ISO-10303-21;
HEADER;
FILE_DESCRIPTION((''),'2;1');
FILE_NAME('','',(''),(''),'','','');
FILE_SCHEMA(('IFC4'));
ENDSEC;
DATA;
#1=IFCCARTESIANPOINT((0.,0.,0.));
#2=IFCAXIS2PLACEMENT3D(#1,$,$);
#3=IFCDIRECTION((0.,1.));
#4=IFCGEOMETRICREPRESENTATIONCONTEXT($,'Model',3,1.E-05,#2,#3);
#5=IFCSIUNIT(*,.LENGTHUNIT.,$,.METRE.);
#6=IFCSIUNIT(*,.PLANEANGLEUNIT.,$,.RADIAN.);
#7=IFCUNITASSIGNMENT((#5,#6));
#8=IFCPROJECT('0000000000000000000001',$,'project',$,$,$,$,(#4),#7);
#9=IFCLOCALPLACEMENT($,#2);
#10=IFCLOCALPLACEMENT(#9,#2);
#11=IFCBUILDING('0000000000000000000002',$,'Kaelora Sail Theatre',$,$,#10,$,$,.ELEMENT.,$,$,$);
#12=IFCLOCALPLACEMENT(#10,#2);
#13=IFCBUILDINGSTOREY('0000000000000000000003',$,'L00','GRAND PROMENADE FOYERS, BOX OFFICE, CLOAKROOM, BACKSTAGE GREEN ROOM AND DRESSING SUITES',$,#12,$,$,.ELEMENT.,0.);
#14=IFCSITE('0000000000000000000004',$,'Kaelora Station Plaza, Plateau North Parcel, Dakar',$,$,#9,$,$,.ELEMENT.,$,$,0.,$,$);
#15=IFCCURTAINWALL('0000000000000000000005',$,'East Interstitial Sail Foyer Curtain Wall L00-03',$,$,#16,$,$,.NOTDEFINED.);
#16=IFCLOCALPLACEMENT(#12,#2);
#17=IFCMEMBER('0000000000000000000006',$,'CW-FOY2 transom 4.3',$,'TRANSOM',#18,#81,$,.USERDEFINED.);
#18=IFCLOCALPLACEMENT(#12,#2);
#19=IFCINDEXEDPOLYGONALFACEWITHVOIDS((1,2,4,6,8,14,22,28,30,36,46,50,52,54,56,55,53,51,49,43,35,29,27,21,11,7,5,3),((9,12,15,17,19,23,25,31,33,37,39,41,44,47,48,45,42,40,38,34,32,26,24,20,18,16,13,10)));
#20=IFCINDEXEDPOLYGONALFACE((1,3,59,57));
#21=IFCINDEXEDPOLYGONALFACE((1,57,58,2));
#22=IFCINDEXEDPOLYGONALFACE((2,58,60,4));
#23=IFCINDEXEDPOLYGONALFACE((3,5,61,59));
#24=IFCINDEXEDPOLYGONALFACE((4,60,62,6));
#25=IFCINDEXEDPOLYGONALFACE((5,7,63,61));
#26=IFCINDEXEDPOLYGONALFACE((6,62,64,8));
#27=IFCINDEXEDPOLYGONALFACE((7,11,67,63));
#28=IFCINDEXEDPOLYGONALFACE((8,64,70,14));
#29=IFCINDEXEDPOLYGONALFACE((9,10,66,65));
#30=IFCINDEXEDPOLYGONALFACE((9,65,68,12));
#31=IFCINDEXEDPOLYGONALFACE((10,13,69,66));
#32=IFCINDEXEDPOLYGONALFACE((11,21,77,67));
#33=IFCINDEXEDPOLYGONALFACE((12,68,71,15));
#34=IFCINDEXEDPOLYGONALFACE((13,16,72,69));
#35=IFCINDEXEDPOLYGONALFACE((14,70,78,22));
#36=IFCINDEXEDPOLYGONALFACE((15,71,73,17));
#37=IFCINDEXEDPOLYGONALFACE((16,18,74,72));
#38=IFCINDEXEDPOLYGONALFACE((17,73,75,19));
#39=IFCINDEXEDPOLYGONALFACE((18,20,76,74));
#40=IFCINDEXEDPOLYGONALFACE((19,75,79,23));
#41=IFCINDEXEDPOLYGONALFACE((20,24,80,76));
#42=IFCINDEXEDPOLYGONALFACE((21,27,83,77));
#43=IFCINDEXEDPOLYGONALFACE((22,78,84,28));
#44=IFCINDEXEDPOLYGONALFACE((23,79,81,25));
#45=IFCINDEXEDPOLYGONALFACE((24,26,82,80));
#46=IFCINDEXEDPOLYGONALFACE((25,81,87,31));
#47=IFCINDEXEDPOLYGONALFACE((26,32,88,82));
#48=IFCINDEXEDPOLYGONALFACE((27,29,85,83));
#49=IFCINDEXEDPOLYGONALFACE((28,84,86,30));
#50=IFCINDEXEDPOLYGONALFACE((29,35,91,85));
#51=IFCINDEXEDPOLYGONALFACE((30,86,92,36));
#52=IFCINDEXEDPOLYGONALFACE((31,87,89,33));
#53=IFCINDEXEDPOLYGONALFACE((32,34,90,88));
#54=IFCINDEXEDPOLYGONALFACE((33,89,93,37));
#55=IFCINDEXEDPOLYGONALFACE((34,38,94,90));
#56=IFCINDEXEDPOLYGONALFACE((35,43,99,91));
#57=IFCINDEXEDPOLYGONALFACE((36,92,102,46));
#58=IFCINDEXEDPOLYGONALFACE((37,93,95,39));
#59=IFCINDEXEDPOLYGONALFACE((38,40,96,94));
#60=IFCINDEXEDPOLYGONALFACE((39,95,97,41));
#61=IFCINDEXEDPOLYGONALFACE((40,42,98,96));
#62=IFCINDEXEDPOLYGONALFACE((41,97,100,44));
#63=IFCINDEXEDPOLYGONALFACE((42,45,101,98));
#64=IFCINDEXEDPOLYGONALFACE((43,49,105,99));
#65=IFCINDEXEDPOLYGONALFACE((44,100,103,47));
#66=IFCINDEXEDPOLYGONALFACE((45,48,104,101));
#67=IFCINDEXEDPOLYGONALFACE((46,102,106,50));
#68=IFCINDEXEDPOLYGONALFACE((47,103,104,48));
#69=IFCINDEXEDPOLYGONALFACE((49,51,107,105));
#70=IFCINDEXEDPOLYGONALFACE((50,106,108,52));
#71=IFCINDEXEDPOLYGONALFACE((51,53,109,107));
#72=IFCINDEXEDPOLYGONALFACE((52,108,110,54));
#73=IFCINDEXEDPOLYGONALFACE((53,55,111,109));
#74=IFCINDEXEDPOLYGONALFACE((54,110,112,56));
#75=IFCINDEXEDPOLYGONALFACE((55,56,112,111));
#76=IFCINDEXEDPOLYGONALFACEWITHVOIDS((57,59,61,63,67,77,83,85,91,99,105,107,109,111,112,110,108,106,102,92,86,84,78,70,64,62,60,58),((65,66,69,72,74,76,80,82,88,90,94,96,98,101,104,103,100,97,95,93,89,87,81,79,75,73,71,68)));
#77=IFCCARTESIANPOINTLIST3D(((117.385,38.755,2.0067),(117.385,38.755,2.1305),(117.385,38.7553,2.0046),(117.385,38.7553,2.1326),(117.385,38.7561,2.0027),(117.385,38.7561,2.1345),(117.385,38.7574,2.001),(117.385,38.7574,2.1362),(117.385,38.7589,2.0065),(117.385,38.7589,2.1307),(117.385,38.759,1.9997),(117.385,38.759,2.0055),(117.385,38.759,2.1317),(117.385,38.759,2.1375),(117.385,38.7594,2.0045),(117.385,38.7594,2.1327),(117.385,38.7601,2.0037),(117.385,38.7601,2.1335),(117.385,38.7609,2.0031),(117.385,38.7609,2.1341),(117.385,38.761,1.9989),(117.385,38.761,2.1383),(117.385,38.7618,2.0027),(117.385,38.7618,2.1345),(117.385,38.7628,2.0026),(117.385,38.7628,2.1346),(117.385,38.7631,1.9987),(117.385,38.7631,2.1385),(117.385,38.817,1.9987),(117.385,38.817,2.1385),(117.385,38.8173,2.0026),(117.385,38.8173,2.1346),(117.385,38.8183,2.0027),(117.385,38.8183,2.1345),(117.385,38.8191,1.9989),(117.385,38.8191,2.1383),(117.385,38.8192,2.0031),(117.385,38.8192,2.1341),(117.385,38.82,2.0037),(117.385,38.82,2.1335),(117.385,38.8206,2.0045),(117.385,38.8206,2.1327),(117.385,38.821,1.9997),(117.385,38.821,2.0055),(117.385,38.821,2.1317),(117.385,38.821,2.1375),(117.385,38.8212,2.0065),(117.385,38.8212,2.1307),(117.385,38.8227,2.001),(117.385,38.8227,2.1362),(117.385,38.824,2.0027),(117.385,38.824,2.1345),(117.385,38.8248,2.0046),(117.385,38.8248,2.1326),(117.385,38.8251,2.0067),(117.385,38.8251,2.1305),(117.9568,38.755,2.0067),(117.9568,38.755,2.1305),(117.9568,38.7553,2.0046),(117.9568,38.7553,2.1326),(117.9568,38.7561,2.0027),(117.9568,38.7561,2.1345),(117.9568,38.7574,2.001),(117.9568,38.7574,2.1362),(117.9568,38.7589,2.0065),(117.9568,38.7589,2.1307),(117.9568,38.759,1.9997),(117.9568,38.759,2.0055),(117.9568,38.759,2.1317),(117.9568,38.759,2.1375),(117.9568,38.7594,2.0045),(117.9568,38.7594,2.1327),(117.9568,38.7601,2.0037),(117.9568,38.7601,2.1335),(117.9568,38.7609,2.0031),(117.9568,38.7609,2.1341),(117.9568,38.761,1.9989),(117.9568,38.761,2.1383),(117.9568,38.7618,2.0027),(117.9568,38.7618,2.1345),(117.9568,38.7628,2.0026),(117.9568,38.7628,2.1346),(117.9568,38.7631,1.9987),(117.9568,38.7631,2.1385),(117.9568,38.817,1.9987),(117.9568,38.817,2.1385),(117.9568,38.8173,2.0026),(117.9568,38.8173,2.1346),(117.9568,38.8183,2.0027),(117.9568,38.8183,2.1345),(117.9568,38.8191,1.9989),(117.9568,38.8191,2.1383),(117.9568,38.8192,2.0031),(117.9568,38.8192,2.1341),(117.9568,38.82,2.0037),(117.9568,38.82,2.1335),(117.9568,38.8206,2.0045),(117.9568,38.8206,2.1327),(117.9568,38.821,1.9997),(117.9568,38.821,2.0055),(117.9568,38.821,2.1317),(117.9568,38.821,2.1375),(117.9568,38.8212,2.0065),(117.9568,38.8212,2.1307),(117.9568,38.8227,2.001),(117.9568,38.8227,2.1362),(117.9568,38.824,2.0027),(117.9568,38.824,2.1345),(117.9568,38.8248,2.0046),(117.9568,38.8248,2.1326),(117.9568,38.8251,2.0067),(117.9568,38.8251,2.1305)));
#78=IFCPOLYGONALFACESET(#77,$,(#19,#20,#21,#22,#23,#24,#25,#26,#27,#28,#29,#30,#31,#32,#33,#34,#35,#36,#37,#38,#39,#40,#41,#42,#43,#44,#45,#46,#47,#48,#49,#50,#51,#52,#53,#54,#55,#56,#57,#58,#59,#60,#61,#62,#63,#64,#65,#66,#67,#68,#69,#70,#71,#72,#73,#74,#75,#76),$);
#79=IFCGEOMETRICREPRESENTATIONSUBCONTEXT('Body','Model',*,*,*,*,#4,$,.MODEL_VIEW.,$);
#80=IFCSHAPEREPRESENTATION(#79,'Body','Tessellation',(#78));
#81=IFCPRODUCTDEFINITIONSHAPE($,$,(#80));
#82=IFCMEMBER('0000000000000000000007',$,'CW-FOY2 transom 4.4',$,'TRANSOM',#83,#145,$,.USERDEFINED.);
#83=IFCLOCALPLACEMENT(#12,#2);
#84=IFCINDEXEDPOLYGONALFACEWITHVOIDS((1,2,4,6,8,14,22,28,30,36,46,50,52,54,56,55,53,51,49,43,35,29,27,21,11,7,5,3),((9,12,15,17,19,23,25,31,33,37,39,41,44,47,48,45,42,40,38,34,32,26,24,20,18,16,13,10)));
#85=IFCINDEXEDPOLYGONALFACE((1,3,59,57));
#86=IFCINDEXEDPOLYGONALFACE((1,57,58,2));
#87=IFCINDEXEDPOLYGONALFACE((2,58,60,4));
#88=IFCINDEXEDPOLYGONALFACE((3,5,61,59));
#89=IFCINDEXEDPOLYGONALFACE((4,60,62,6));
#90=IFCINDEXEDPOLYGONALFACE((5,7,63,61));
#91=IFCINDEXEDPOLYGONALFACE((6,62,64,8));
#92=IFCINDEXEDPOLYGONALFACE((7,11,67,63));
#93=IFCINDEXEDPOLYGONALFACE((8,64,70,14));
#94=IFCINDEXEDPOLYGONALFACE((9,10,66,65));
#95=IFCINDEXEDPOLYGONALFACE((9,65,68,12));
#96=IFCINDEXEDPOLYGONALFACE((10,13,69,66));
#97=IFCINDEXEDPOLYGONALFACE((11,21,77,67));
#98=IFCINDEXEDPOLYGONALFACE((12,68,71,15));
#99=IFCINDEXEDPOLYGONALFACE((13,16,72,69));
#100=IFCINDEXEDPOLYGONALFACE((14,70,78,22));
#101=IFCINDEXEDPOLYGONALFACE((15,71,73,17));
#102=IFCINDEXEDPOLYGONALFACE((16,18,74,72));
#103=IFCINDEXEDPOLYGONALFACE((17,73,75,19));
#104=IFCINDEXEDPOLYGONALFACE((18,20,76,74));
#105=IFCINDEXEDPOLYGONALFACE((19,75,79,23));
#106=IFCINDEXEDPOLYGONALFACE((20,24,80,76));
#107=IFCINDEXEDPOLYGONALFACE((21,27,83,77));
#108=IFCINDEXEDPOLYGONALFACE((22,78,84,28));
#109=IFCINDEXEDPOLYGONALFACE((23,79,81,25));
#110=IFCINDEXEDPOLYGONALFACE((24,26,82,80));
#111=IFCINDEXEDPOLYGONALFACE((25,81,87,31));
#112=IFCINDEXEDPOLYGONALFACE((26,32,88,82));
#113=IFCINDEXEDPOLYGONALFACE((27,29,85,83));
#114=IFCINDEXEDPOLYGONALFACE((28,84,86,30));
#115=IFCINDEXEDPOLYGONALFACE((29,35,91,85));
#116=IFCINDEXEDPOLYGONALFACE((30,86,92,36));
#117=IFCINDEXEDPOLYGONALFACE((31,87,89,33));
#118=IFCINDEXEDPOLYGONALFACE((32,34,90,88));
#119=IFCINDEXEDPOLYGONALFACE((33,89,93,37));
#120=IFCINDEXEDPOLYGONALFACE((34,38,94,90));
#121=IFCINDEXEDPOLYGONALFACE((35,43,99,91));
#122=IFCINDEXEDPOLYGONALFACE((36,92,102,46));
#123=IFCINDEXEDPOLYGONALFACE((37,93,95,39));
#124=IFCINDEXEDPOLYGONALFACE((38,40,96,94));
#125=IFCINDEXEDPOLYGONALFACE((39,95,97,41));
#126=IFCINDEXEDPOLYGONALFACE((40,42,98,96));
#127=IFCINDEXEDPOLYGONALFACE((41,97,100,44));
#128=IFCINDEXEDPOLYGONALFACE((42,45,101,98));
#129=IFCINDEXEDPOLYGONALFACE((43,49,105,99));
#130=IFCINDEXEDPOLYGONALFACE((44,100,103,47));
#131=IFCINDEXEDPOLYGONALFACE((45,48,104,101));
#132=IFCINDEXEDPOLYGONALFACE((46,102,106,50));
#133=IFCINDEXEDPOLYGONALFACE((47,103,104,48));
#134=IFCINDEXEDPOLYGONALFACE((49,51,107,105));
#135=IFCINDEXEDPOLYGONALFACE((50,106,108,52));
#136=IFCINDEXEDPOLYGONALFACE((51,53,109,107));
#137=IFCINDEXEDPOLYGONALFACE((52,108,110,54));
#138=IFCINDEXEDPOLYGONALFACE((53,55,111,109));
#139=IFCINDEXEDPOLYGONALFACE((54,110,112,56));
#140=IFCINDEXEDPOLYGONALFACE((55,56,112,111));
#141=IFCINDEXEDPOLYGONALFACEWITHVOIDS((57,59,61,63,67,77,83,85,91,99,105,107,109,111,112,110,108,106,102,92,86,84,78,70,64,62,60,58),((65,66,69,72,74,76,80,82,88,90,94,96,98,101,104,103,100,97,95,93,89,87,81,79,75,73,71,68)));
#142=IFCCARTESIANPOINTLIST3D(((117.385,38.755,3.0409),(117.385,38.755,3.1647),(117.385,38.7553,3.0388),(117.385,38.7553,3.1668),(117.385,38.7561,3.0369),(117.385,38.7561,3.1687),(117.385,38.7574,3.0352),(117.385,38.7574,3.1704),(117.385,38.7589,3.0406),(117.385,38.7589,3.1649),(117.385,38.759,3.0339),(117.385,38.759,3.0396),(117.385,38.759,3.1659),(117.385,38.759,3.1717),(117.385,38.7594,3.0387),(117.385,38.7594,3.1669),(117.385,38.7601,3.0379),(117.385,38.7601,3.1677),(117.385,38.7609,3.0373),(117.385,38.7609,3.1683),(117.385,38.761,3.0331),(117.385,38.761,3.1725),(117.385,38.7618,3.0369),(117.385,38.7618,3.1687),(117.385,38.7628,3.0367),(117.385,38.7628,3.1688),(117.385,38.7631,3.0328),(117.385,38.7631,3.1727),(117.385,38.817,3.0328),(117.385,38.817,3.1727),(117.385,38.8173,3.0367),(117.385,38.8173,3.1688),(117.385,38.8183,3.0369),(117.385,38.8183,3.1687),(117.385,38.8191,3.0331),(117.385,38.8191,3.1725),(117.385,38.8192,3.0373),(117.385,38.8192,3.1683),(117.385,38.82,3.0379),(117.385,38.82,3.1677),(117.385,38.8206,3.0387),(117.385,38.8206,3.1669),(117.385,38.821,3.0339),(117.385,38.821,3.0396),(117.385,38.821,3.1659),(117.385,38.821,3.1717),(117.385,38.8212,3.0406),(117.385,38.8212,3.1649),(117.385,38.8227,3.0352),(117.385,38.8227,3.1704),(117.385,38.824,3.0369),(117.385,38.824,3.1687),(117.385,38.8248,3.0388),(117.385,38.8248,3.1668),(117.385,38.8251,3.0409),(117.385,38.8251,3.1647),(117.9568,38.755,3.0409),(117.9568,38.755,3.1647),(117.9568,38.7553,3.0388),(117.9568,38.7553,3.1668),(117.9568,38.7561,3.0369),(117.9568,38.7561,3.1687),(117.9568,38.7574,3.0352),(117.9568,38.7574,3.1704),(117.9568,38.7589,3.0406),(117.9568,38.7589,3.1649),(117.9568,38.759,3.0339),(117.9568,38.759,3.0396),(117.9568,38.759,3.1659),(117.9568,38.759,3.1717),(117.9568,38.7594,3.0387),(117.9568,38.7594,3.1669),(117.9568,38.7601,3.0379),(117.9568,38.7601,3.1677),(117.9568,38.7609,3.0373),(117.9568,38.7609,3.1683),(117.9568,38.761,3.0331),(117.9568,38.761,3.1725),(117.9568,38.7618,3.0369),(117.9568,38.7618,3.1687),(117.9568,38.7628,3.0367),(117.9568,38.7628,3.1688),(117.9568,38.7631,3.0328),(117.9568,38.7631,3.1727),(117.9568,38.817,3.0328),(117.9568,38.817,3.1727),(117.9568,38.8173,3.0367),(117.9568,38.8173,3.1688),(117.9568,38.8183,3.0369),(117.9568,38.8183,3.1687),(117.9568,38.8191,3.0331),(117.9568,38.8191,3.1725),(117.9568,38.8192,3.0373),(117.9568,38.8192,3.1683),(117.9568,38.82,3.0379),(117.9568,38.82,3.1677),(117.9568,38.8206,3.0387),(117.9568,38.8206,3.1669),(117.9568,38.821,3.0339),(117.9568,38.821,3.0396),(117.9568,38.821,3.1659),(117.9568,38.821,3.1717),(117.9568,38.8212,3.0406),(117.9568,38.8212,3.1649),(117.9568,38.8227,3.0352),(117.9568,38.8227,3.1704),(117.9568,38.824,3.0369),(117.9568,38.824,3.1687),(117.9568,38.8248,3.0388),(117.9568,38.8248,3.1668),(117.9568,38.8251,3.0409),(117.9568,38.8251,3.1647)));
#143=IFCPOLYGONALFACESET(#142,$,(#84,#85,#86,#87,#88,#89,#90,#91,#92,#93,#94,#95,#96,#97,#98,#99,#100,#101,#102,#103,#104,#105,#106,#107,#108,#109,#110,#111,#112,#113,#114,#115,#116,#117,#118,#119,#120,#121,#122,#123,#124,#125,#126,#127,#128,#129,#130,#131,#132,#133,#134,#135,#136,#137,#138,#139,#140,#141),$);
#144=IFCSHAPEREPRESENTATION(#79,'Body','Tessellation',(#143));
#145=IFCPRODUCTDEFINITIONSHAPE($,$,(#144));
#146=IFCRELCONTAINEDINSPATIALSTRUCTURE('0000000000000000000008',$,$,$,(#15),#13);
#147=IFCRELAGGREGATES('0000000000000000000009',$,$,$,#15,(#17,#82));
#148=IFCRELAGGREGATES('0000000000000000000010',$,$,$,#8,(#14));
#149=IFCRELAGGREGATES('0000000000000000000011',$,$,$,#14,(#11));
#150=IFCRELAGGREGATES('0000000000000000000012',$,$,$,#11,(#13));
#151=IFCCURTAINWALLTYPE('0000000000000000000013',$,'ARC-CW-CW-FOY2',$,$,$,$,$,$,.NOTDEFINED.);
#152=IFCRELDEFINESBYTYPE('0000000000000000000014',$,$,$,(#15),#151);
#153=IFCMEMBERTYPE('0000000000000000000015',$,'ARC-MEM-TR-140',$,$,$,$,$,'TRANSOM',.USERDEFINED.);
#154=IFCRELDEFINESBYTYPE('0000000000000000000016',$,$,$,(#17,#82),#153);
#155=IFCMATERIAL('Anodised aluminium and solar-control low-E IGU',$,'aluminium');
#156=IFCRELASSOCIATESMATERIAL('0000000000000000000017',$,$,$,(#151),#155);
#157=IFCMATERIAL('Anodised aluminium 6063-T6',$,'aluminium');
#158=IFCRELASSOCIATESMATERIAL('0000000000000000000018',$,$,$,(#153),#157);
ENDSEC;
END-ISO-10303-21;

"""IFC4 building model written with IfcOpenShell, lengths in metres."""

from ifc_helpers import new_model, si_unit, direction, frame, origin, origin_2d, place, context, subcontext, project, spatial, hollow_rectangle, extrude, material, material_profile, profile_set, type_object, element, aggregate, save


model = new_model("IFC4")

# Units and contexts
model_context = context("Model", 3, precision=1e-05, world=origin(), true_north=direction((0.0, 1.0)))
body_context = subcontext(model_context, "Body", "Model", "MODEL_VIEW")
ifc_project = project(units=[si_unit("LENGTHUNIT", "METRE"), si_unit("PLANEANGLEUNIT", "RADIAN")], contexts=[model_context])

# Site, building, storey
site_placement = place(None, origin())
site = spatial("IfcSite", under=ifc_project, at=site_placement, Name="Kaelora Station Plaza, Plateau North Parcel, Dakar", CompositionType="ELEMENT", RefElevation=0.0)
building_placement = place(site_placement, origin())
building = spatial("IfcBuilding", under=site, at=building_placement, Name="Kaelora Sail Theatre", CompositionType="ELEMENT")
storey_placement = place(building_placement, origin())
storey = spatial("IfcBuildingStorey", under=building, at=storey_placement, Name="L00", Description="GRAND PROMENADE FOYERS, BOX OFFICE, CLOAKROOM, BACKSTAGE GREEN ROOM AND DRESSING SUITES", CompositionType="ELEMENT", Elevation=0.0)

# Curtain wall, members
ifc_material_1 = material(Name="Anodised aluminium and solar-control low-E IGU", Category="aluminium")
curtain_wall_type = type_object("IfcCurtainWallType", Name="ARC-CW-CW-FOY2", PredefinedType="NOTDEFINED", material=ifc_material_1)
curtain_wall_placement = place(storey_placement, origin())
curtain_wall = element("IfcCurtainWall", 1, at=curtain_wall_placement, inside=storey, type_object=curtain_wall_type, Name="East Interstitial Sail Foyer Curtain Wall L00-03", PredefinedType="NOTDEFINED")
ifc_material_2 = material(Name="Anodised aluminium 6063-T6", Category="aluminium")
ifc_material_profile_1 = material_profile(ifc_material_2, hollow_rectangle(XDim=0.0701, YDim=0.1399, WallThickness=0.0039, InnerFilletRadius=0.0039, OuterFilletRadius=0.0081, at=origin_2d()), Name="ALU-TRAN 70x140x4")
ifc_profile_set_1 = profile_set([ifc_material_profile_1], Name="Anodised aluminium 6063-T6")
member_type_1 = type_object("IfcMemberType", Name="ARC-MEM-TR-140", ElementType="TRANSOM", PredefinedType="USERDEFINED", material=ifc_profile_set_1)
member_1_placement = place(storey_placement, frame((117.385, 38.79, 2.0686), z_axis=(1.0, 0.0, 0.0), x_axis=(0.0, 1.0, 0.0)))
member_1 = element("IfcMember", 2, at=member_1_placement, type_object=member_type_1, Name="CW-FOY2 transom 4.3", ObjectType="TRANSOM", PredefinedType="USERDEFINED", context=body_context, shape_type="SweptSolid", body=[
    extrude(hollow_rectangle(XDim=0.0701, YDim=0.1399, WallThickness=0.0039, InnerFilletRadius=0.0039, OuterFilletRadius=0.0081, at=origin_2d()), origin(), (0.0, 0.0, 1.0), 0.5718),
])
member_2_placement = place(storey_placement, frame((117.385, 38.79, 3.1028), z_axis=(1.0, 0.0, 0.0), x_axis=(0.0, 1.0, 0.0)))
member_2 = element("IfcMember", 3, at=member_2_placement, type_object=member_type_1, Name="CW-FOY2 transom 4.4", ObjectType="TRANSOM", PredefinedType="USERDEFINED", context=body_context, shape_type="SweptSolid", body=[
    extrude(hollow_rectangle(XDim=0.0701, YDim=0.1399, WallThickness=0.0039, InnerFilletRadius=0.0039, OuterFilletRadius=0.0081, at=origin_2d()), origin(), (0.0, 0.0, 1.0), 0.5718),
])
aggregate(curtain_wall, [member_1, member_2])

save(model, "model.ifc")
